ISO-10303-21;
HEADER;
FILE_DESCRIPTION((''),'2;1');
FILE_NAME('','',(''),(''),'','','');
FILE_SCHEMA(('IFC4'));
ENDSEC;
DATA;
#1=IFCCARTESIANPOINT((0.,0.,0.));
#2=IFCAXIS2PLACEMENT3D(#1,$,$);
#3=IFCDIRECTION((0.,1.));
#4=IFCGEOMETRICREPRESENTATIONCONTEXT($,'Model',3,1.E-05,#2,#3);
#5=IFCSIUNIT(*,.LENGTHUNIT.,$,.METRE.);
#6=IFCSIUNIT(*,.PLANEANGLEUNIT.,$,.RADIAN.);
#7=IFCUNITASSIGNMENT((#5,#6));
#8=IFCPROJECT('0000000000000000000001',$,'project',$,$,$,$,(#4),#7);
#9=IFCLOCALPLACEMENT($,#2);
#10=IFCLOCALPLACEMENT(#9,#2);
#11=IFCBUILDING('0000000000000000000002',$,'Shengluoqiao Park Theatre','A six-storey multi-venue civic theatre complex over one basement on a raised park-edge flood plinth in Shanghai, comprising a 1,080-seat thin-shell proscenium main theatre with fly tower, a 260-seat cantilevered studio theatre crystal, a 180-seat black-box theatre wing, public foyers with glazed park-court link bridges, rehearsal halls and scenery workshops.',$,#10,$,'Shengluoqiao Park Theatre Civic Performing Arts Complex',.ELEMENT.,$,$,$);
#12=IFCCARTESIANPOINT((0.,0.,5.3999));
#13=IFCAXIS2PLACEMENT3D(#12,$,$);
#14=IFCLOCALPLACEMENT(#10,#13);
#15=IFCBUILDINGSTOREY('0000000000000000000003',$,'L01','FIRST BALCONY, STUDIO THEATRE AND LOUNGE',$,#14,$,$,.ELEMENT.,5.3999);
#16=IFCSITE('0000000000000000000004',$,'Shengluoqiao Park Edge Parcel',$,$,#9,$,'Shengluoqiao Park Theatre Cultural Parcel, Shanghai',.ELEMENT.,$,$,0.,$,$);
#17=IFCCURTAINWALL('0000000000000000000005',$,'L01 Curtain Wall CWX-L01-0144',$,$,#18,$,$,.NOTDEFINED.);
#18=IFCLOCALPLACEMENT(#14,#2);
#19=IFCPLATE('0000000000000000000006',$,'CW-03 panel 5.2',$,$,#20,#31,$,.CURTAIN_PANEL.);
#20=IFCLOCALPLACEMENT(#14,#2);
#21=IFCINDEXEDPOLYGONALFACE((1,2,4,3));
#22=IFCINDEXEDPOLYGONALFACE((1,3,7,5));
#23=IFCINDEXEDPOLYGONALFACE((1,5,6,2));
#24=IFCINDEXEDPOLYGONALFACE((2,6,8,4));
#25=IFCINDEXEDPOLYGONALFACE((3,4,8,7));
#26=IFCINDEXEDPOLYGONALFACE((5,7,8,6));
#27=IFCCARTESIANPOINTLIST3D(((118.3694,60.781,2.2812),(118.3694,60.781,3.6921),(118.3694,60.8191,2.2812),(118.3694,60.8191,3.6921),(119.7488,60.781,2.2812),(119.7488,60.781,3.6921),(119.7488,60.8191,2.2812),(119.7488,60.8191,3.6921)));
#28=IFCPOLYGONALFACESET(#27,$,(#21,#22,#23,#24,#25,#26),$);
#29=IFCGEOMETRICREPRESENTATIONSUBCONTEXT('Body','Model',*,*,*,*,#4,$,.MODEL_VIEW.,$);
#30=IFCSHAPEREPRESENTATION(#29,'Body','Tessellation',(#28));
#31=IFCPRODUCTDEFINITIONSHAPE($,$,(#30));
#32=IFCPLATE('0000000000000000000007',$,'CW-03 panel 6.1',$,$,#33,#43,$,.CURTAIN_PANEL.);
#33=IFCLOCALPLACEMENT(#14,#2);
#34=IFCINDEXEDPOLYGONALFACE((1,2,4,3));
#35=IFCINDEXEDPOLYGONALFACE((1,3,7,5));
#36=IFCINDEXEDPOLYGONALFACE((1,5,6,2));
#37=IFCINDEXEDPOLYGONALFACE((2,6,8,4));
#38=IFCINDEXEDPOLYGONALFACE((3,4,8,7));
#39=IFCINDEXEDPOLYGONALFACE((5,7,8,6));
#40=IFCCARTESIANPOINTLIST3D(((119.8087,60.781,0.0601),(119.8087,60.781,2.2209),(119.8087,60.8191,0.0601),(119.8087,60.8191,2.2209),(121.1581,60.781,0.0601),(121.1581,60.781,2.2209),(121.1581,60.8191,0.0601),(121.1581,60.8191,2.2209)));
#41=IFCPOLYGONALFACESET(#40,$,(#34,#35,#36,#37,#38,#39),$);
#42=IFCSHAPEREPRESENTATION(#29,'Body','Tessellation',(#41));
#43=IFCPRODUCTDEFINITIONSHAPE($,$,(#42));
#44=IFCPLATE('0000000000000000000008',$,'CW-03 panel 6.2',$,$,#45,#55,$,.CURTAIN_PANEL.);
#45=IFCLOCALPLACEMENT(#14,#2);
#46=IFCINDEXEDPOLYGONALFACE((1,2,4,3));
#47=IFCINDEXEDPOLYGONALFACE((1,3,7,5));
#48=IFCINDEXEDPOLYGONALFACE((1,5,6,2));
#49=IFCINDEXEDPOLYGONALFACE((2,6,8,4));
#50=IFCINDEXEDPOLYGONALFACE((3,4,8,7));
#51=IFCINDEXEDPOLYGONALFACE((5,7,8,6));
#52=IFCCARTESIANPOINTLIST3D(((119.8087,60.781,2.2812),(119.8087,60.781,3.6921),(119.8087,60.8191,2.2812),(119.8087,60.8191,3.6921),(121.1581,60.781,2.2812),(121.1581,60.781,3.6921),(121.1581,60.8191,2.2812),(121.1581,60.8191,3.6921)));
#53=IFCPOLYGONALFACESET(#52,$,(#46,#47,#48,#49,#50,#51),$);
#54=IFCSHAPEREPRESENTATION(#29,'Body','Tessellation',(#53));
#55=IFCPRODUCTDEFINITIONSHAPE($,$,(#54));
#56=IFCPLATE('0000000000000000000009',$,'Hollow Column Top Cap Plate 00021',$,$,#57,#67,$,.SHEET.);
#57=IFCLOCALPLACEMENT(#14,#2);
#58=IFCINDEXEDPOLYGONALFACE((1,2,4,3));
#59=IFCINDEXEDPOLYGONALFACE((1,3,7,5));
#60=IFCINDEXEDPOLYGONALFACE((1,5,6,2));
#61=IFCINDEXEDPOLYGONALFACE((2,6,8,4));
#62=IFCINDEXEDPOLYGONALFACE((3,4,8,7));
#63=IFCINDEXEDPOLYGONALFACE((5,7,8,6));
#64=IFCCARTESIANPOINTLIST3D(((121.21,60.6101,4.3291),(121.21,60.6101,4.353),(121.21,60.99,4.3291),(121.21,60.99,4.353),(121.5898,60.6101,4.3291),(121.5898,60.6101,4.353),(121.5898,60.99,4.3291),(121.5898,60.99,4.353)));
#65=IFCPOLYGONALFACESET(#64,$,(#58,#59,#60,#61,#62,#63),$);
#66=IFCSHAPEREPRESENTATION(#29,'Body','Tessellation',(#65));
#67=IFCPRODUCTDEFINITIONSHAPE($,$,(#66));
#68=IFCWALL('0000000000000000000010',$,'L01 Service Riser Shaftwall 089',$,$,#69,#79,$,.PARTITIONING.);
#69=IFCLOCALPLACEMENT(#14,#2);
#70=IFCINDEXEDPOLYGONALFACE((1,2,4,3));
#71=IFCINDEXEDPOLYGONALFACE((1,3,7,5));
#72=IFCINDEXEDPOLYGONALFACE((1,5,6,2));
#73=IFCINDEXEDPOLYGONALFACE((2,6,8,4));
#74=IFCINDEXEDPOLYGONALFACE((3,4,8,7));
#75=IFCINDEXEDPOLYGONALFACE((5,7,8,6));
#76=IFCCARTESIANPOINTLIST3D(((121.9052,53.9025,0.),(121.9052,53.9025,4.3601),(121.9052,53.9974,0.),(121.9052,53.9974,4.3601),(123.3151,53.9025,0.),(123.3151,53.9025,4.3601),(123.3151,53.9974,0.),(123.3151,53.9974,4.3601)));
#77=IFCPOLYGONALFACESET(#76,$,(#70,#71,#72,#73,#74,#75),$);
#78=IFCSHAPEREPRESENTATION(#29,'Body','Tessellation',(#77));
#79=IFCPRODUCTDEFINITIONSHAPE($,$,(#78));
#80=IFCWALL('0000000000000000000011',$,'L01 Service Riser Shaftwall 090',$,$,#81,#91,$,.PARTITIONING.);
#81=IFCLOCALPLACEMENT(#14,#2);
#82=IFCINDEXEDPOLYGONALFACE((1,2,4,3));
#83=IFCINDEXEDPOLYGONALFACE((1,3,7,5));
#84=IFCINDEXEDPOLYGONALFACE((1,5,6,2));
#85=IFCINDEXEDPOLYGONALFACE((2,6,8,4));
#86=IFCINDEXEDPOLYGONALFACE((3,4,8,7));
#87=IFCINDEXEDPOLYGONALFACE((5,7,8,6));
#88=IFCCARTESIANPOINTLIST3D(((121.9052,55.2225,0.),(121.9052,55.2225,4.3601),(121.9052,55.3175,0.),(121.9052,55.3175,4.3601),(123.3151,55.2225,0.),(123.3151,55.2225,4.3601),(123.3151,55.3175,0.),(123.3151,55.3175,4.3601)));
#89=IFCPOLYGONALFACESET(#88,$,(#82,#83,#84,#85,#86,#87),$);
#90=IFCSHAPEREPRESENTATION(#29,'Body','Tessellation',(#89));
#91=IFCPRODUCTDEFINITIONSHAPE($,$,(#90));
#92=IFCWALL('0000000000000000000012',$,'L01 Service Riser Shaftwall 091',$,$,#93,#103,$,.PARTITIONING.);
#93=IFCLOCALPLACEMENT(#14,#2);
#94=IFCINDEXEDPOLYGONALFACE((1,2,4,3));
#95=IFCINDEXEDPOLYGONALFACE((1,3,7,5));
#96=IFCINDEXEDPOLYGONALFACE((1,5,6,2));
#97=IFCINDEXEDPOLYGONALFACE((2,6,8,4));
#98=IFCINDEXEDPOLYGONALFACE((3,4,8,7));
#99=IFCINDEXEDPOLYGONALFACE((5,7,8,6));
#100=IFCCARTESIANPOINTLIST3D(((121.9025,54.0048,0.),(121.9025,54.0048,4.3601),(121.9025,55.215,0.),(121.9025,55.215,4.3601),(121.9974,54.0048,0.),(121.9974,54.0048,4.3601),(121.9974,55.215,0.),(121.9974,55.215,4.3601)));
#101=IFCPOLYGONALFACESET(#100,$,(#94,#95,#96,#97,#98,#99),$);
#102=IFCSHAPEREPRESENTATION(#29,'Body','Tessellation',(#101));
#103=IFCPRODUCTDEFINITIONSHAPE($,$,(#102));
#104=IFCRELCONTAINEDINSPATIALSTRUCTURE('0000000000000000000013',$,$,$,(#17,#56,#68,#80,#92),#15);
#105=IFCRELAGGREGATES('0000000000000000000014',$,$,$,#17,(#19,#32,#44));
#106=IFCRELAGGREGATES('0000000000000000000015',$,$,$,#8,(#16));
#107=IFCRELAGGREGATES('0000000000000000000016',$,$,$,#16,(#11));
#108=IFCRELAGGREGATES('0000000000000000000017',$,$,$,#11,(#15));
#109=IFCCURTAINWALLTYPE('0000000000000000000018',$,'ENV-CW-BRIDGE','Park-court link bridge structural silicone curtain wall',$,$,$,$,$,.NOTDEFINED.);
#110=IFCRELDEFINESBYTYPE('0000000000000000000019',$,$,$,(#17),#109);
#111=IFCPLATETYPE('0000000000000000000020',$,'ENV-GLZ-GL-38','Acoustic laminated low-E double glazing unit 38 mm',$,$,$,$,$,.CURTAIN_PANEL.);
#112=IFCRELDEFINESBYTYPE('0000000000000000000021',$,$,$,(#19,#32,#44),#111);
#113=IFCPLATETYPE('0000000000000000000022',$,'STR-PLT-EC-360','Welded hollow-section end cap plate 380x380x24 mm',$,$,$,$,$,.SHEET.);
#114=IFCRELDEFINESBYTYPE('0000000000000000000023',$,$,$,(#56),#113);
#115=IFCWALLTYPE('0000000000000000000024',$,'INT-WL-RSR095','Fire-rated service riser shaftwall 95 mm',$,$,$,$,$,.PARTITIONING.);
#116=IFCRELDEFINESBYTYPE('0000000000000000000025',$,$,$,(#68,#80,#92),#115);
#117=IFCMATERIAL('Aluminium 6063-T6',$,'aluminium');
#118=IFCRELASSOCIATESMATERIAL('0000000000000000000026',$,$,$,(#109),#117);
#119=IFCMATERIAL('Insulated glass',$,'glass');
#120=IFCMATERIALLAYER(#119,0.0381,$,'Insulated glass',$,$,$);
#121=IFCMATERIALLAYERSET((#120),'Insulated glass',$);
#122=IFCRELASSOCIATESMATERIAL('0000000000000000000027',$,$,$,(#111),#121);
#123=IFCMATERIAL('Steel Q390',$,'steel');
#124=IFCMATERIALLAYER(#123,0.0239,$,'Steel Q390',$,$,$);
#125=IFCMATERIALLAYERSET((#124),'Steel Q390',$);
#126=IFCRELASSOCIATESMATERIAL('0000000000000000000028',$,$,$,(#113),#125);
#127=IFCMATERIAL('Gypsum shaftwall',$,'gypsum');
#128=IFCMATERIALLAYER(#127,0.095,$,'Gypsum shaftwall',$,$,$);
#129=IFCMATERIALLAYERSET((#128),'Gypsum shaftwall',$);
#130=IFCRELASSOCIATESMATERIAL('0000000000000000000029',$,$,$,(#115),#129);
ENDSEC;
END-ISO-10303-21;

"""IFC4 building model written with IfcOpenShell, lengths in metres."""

from ifc_helpers import new_model, si_unit, direction, frame, frame_2d, origin, origin_2d, place, context, subcontext, project, spatial, rectangle, extrude, material, layer, layer_set, type_object, element, aggregate, save


model = new_model("IFC4")

# Units and contexts
model_context = context("Model", 3, precision=1e-05, world=origin(), true_north=direction((0.0, 1.0)))
body_context = subcontext(model_context, "Body", "Model", "MODEL_VIEW")
ifc_project = project(units=[si_unit("LENGTHUNIT", "METRE"), si_unit("PLANEANGLEUNIT", "RADIAN")], contexts=[model_context])

# Site, building, storey
site_placement = place(None, origin())
site = spatial("IfcSite", under=ifc_project, at=site_placement, Name="Shengluoqiao Park Edge Parcel", LongName="Shengluoqiao Park Theatre Cultural Parcel, Shanghai", CompositionType="ELEMENT", RefElevation=0.0)
building_placement = place(site_placement, origin())
building = spatial("IfcBuilding", under=site, at=building_placement, Name="Shengluoqiao Park Theatre", Description="A six-storey multi-venue civic theatre complex over one basement on a raised park-edge flood plinth in Shanghai, comprising a 1,080-seat thin-shell proscenium main theatre with fly tower, a 260-seat cantilevered studio theatre crystal, a 180-seat black-box theatre wing, public foyers with glazed park-court link bridges, rehearsal halls and scenery workshops.", LongName="Shengluoqiao Park Theatre Civic Performing Arts Complex", CompositionType="ELEMENT")
storey_placement = place(building_placement, frame((0.0, 0.0, 5.3999)))
storey = spatial("IfcBuildingStorey", under=building, at=storey_placement, Name="L01", Description="FIRST BALCONY, STUDIO THEATRE AND LOUNGE", CompositionType="ELEMENT", Elevation=5.3999)

# Curtain wall
ifc_material_1 = material(Name="Aluminium 6063-T6", Category="aluminium")
curtain_wall_type = type_object("IfcCurtainWallType", Name="ENV-CW-BRIDGE", Description="Park-court link bridge structural silicone curtain wall", PredefinedType="NOTDEFINED", material=ifc_material_1)
curtain_wall_1_placement = place(storey_placement, origin())
curtain_wall_1 = element("IfcCurtainWall", 1, at=curtain_wall_1_placement, inside=storey, type_object=curtain_wall_type, Name="L01 Curtain Wall CWX-L01-0144", PredefinedType="NOTDEFINED")

# Plates
ifc_material_2 = material(Name="Insulated glass", Category="glass")
ifc_layer_1 = layer(ifc_material_2, 0.0381, Name="Insulated glass")
ifc_layer_set_1 = layer_set([ifc_layer_1], Name="Insulated glass")
plate_type_1 = type_object("IfcPlateType", Name="ENV-GLZ-GL-38", Description="Acoustic laminated low-E double glazing unit 38 mm", PredefinedType="CURTAIN_PANEL", material=ifc_layer_set_1)
plate_1_placement = place(storey_placement, frame((119.0591, 60.8, 2.2812), z_axis=(0.0, 0.0, 1.0), x_axis=(1.0, 0.0, 0.0)))
plate_1 = element("IfcPlate", 2, at=plate_1_placement, type_object=plate_type_1, Name="CW-03 panel 5.2", PredefinedType="CURTAIN_PANEL", context=body_context, shape_type="SweptSolid", body=[
    extrude(rectangle(XDim=1.3794, YDim=0.0381, at=origin_2d()), origin(), (0.0, 0.0, 1.0), 1.4109),
])
plate_2_placement = place(storey_placement, frame((120.4834, 60.8, 0.0601), z_axis=(0.0, 0.0, 1.0), x_axis=(1.0, 0.0, 0.0)))
plate_2 = element("IfcPlate", 3, at=plate_2_placement, type_object=plate_type_1, Name="CW-03 panel 6.1", PredefinedType="CURTAIN_PANEL", context=body_context, shape_type="SweptSolid", body=[
    extrude(rectangle(XDim=1.3494, YDim=0.0381, at=origin_2d()), origin(), (0.0, 0.0, 1.0), 2.1609),
])
plate_3_placement = place(storey_placement, frame((120.4834, 60.8, 2.2812), z_axis=(0.0, 0.0, 1.0), x_axis=(1.0, 0.0, 0.0)))
plate_3 = element("IfcPlate", 4, at=plate_3_placement, type_object=plate_type_1, Name="CW-03 panel 6.2", PredefinedType="CURTAIN_PANEL", context=body_context, shape_type="SweptSolid", body=[
    extrude(rectangle(XDim=1.3494, YDim=0.0381, at=origin_2d()), origin(), (0.0, 0.0, 1.0), 1.4109),
])
aggregate(curtain_wall_1, [plate_1, plate_2, plate_3])
ifc_material_3 = material(Name="Steel Q390", Category="steel")
ifc_layer_2 = layer(ifc_material_3, 0.0239, Name="Steel Q390")
ifc_layer_set_2 = layer_set([ifc_layer_2], Name="Steel Q390")
plate_type_2 = type_object("IfcPlateType", Name="STR-PLT-EC-360", Description="Welded hollow-section end cap plate 380x380x24 mm", PredefinedType="SHEET", material=ifc_layer_set_2)
plate_4_placement = place(storey_placement, frame((121.3999, 60.8, 4.3291), z_axis=(0.0, 0.0, 1.0), x_axis=(1.0, 0.0, 0.0)))
element("IfcPlate", 5, at=plate_4_placement, inside=storey, type_object=plate_type_2, Name="Hollow Column Top Cap Plate 00021", PredefinedType="SHEET", context=body_context, shape_type="SweptSolid", body=[
    extrude(rectangle(XDim=0.3799, YDim=0.3799, at=origin_2d()), origin(), (0.0, 0.0, 1.0), 0.0239),
])

# Walls
ifc_material_4 = material(Name="Gypsum shaftwall", Category="gypsum")
ifc_layer_3 = layer(ifc_material_4, 0.095, Name="Gypsum shaftwall")
ifc_layer_set_3 = layer_set([ifc_layer_3], Name="Gypsum shaftwall")
wall_type = type_object("IfcWallType", Name="INT-WL-RSR095", Description="Fire-rated service riser shaftwall 95 mm", PredefinedType="PARTITIONING", material=ifc_layer_set_3)
for number, where, z_axis, x_axis, name in (
    (6, (121.905, 53.95, 0.0), (0.0, 0.0, 1.0), (1.0, 0.0, 0.0), "L01 Service Riser Shaftwall 089"),
    (7, (121.905, 55.27, 0.0), (0.0, 0.0, 1.0), (1.0, 0.0, 0.0), "L01 Service Riser Shaftwall 090"),
):
    element("IfcWall", number, at=place(storey_placement, frame(where, z_axis=z_axis, x_axis=x_axis)), inside=storey, type_object=wall_type, Name=name, PredefinedType="PARTITIONING", context=body_context, shape_type="SweptSolid", body=[
        extrude(rectangle(XDim=1.4099, YDim=0.095, at=frame_2d((0.7051, 0.0))), origin(), (0.0, 0.0, 1.0), 4.3601),
    ])
wall_placement = place(storey_placement, frame((121.95, 54.0049, 0.0), z_axis=(0.0, 0.0, 1.0), x_axis=(0.0, 1.0, 0.0)))
element("IfcWall", 8, at=wall_placement, inside=storey, type_object=wall_type, Name="L01 Service Riser Shaftwall 091", PredefinedType="PARTITIONING", context=body_context, shape_type="SweptSolid", body=[
    extrude(rectangle(XDim=1.2102, YDim=0.095, at=frame_2d((0.605, 0.0))), origin(), (0.0, 0.0, 1.0), 4.3601),
])

save(model, "model.ifc")
